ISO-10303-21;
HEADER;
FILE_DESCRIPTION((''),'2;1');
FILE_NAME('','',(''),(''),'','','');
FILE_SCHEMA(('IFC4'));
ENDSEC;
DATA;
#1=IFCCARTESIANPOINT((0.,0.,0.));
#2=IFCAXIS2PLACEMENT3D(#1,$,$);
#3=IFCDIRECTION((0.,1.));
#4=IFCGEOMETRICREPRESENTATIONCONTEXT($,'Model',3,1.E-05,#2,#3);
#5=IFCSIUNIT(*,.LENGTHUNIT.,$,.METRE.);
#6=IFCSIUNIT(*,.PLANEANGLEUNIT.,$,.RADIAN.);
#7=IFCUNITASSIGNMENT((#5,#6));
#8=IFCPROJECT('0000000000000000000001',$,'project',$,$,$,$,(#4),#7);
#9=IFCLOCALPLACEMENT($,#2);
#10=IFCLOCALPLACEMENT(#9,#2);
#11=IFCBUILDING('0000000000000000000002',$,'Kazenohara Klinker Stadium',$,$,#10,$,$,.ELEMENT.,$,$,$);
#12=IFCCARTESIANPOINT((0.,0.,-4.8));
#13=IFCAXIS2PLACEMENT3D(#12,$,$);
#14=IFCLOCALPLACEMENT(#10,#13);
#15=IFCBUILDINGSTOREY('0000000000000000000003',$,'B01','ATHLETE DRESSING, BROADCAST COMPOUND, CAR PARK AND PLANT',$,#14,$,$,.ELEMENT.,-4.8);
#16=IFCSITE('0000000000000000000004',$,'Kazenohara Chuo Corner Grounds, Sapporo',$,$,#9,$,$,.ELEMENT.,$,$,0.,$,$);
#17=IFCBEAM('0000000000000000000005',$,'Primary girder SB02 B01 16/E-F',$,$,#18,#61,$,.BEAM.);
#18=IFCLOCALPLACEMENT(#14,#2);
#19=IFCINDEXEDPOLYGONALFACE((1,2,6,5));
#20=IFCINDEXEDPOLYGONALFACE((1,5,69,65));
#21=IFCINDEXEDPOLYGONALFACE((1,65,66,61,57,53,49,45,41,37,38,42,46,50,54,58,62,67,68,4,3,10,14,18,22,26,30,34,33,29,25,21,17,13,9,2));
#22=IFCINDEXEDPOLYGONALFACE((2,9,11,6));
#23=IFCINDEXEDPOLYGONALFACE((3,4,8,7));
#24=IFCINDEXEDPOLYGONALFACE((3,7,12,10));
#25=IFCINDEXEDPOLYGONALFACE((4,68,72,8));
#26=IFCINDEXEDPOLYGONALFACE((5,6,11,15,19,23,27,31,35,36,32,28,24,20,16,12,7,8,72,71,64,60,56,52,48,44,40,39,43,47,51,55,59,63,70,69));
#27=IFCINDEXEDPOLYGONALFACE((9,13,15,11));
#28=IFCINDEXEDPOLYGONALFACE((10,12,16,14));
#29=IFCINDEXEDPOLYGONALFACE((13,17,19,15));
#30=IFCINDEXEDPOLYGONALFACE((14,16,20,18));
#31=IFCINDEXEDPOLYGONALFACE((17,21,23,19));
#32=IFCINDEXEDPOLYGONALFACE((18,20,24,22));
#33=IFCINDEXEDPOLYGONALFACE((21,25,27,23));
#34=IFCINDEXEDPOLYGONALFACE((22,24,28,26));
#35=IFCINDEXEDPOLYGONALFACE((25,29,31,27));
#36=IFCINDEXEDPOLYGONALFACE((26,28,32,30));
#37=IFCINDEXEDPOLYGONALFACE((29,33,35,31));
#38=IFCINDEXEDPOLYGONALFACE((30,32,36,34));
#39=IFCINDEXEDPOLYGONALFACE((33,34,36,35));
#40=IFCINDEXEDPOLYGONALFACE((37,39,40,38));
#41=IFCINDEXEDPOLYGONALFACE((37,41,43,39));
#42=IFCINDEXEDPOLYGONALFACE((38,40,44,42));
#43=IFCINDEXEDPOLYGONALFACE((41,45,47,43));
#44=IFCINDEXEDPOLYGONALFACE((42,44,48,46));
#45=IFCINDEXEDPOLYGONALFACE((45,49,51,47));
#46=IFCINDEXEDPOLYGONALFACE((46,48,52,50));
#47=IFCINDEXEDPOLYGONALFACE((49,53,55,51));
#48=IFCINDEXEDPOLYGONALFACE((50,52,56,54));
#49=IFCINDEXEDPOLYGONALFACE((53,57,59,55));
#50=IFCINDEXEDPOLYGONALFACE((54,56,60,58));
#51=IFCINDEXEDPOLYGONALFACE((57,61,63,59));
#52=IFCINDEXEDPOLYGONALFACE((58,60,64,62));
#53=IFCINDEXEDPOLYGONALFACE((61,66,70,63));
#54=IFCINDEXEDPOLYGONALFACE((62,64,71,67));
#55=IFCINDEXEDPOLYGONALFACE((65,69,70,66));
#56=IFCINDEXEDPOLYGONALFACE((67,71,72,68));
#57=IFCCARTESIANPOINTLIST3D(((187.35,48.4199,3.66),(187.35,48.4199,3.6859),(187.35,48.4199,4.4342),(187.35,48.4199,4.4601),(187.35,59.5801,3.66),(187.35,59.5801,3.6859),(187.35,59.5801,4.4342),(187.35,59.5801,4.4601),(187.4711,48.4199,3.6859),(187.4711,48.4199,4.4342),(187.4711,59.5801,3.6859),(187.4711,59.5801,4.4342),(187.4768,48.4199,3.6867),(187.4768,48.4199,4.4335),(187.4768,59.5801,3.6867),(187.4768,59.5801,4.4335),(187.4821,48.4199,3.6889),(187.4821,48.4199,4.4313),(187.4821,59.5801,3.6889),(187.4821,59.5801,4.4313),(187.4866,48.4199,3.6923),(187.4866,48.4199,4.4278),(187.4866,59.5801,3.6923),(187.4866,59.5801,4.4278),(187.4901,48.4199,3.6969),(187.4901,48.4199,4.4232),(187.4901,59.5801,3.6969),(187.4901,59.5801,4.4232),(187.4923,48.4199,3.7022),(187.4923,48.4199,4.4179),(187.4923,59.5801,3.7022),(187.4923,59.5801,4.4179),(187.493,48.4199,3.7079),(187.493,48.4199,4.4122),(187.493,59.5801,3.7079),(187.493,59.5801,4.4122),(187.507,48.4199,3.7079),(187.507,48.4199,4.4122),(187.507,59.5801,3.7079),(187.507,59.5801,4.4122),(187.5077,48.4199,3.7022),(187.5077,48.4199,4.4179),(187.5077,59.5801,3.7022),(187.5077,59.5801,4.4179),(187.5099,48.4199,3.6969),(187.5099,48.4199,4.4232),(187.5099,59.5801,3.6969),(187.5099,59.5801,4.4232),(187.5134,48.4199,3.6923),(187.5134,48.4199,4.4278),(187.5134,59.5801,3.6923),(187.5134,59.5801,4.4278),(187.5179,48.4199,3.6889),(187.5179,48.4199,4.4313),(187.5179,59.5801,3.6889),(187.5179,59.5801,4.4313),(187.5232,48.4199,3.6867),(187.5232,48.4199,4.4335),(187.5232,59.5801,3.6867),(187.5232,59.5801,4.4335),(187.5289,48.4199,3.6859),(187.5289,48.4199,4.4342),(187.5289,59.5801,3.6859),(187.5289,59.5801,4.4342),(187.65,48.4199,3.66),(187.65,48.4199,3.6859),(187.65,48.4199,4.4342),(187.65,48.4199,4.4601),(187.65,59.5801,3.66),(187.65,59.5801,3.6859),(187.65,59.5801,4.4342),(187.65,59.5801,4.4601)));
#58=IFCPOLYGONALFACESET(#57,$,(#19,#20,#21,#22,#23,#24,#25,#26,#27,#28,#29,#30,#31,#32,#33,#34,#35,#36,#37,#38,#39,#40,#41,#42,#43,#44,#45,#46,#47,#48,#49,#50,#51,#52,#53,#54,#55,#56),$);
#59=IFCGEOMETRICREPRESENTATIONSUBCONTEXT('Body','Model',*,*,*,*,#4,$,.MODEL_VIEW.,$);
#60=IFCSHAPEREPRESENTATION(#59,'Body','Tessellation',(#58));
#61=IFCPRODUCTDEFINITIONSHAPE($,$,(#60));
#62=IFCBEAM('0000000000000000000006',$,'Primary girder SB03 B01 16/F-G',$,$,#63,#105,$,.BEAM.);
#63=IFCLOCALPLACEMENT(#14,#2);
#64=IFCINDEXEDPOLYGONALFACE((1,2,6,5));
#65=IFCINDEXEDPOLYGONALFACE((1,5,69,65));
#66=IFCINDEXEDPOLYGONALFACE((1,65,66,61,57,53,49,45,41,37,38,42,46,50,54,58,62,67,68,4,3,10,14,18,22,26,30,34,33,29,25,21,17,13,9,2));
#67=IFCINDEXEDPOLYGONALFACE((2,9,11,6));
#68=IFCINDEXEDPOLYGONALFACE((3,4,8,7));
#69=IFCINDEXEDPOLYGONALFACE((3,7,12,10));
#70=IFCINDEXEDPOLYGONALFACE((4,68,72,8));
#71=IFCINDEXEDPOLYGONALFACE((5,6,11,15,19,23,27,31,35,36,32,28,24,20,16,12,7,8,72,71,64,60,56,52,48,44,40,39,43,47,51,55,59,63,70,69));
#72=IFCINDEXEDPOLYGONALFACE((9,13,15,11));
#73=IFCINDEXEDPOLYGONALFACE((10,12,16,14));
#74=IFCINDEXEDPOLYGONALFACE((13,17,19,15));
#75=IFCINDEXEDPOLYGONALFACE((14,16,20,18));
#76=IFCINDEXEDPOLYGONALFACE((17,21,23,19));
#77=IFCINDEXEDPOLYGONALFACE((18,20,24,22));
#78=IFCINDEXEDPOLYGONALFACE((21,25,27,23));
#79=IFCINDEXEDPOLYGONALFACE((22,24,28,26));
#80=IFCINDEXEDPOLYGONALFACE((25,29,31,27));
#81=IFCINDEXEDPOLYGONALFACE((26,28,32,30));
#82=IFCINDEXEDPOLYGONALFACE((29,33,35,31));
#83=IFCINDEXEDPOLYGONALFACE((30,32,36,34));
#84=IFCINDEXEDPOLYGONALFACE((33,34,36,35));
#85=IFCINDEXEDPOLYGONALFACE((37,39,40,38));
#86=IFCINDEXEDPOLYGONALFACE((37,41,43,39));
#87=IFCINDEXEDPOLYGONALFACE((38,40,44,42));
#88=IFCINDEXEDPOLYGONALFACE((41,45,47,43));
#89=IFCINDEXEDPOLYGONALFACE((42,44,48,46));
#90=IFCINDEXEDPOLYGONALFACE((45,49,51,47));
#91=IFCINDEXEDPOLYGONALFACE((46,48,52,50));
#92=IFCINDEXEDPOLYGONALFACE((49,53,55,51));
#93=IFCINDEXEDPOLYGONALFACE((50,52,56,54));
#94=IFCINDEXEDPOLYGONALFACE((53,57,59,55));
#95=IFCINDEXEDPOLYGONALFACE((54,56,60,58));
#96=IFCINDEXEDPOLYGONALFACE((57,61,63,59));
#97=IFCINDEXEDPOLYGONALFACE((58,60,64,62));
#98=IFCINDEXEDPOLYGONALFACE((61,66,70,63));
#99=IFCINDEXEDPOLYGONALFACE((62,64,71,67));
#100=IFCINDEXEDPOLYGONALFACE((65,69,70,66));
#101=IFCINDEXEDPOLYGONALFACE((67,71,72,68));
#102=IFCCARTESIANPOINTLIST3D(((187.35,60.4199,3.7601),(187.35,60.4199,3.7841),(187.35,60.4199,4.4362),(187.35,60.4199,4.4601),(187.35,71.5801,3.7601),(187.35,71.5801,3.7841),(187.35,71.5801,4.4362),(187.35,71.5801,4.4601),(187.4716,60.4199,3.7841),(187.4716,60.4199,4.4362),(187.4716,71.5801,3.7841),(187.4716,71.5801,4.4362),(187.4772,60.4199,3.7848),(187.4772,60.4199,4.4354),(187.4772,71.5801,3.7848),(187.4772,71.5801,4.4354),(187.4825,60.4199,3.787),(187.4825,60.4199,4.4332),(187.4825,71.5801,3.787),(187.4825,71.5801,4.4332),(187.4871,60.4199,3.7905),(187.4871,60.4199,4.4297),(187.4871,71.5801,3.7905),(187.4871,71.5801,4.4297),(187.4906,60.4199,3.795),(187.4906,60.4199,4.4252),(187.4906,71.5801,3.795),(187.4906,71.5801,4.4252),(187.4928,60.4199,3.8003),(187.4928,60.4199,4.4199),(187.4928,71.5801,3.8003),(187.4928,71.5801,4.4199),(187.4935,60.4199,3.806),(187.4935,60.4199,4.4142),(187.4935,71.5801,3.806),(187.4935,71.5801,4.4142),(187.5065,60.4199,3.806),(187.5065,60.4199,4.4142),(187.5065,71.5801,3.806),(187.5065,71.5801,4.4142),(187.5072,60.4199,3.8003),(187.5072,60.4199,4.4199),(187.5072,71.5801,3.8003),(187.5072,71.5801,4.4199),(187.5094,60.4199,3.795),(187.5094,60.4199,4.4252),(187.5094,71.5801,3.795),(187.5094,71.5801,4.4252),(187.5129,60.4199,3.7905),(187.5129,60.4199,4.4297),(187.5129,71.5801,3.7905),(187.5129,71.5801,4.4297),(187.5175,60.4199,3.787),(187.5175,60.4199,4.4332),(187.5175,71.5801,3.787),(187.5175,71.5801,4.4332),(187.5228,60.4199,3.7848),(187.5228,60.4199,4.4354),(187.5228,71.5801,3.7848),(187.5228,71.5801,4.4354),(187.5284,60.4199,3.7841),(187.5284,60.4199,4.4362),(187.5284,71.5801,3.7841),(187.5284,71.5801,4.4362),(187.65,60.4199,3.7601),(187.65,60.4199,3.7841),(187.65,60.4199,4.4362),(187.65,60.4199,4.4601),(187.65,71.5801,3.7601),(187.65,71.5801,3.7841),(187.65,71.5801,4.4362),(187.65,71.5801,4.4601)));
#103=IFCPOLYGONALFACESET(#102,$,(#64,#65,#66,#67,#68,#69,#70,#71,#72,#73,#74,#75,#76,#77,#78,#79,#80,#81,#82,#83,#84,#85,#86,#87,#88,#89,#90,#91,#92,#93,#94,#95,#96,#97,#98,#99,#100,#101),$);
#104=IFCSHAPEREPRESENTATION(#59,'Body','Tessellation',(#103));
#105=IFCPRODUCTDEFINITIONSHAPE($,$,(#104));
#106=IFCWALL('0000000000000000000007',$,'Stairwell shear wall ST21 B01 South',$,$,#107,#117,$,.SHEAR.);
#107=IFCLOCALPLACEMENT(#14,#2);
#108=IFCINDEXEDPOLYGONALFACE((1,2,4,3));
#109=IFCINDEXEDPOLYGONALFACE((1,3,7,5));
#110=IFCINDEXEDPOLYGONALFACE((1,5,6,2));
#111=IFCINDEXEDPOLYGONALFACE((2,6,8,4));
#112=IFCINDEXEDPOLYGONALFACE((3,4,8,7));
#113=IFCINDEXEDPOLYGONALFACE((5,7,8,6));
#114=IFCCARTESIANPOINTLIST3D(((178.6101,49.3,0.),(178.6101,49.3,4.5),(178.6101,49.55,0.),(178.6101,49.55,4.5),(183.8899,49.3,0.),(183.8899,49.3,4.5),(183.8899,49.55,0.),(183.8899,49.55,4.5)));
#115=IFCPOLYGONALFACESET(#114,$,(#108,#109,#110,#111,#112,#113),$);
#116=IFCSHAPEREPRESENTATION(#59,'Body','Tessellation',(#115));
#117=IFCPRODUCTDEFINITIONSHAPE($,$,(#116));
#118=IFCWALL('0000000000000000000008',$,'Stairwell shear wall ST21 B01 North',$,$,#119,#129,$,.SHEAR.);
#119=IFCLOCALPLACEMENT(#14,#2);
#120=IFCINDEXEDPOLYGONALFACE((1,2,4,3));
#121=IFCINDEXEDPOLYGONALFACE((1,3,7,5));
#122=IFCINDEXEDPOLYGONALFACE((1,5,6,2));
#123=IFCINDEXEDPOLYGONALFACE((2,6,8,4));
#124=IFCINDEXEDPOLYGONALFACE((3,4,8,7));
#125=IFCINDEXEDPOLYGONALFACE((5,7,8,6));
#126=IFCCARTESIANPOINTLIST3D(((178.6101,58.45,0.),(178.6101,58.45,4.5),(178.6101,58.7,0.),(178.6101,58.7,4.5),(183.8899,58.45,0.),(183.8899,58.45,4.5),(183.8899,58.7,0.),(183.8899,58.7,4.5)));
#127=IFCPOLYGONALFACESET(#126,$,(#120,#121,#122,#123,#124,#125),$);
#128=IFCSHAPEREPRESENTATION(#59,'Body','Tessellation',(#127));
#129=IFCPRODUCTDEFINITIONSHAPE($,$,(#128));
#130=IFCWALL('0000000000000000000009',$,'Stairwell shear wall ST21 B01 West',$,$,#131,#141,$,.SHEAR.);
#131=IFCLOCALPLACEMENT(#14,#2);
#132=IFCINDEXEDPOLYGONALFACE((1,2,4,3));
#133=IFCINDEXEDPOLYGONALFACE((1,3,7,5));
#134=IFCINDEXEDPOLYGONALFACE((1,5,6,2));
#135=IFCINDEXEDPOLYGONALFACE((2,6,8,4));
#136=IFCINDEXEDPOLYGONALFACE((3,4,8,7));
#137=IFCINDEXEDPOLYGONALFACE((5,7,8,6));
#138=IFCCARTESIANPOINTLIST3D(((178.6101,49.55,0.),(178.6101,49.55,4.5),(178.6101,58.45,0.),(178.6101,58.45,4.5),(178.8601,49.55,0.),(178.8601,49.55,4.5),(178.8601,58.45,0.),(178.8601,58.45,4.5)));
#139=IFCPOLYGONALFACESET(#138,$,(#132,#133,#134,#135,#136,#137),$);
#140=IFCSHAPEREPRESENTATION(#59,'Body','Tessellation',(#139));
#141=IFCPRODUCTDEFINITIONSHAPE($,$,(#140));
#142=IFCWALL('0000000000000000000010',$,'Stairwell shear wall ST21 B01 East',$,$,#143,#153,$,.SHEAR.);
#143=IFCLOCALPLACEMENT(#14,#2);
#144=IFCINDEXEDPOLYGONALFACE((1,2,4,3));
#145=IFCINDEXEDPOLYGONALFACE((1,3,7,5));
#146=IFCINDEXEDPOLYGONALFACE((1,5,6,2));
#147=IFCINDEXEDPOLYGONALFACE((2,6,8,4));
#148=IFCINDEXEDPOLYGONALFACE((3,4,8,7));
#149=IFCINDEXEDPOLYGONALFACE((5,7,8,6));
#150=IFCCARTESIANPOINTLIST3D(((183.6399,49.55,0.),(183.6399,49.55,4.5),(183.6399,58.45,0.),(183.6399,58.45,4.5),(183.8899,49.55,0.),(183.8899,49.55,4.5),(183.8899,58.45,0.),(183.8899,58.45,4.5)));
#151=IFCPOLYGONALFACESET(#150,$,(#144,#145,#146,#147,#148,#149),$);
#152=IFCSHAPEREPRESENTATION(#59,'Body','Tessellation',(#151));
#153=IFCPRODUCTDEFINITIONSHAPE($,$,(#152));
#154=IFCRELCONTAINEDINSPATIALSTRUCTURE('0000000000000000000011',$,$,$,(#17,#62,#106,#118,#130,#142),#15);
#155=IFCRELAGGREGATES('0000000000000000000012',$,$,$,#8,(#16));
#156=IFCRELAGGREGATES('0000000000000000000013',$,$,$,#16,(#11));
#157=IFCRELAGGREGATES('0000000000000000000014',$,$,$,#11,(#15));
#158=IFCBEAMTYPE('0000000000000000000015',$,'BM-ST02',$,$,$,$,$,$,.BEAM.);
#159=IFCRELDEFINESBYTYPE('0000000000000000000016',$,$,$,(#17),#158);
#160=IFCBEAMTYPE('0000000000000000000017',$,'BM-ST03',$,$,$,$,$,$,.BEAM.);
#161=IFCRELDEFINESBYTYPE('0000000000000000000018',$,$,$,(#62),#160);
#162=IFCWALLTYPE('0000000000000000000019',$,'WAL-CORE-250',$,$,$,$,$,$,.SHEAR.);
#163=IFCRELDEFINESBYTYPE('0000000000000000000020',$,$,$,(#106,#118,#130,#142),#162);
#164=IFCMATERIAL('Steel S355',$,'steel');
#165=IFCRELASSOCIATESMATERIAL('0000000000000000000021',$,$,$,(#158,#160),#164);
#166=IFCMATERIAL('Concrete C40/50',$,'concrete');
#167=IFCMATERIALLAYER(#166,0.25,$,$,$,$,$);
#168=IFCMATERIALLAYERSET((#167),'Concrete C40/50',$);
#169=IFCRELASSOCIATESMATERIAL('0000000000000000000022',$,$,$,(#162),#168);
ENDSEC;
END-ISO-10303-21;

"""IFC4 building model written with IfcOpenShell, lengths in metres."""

from ifc_helpers import new_model, si_unit, direction, frame, frame_2d, origin, origin_2d, place, context, subcontext, project, spatial, rectangle, i_section, extrude, material, layer, layer_set, material_profile, profile_set, type_object, element, save


model = new_model("IFC4")

# Units and contexts
model_context = context("Model", 3, precision=1e-05, world=origin(), true_north=direction((0.0, 1.0)))
body_context = subcontext(model_context, "Body", "Model", "MODEL_VIEW")
ifc_project = project(units=[si_unit("LENGTHUNIT", "METRE"), si_unit("PLANEANGLEUNIT", "RADIAN")], contexts=[model_context])

# Site, building, storey
site_placement = place(None, origin())
site = spatial("IfcSite", under=ifc_project, at=site_placement, Name="Kazenohara Chuo Corner Grounds, Sapporo", CompositionType="ELEMENT", RefElevation=0.0)
building_placement = place(site_placement, origin())
building = spatial("IfcBuilding", under=site, at=building_placement, Name="Kazenohara Klinker Stadium", CompositionType="ELEMENT")
storey_placement = place(building_placement, frame((0.0, 0.0, -4.8)))
storey = spatial("IfcBuildingStorey", under=building, at=storey_placement, Name="B01", Description="ATHLETE DRESSING, BROADCAST COMPOUND, CAR PARK AND PLANT", CompositionType="ELEMENT", Elevation=-4.8)

# Shared definitions
ifc_material_1 = material(Name="Concrete C40/50", Category="concrete")

# Beams
ifc_material_2 = material(Name="Steel S355", Category="steel")
ifc_material_profile_1 = material_profile(ifc_material_2, i_section(OverallWidth=0.3, OverallDepth=0.8, WebThickness=0.0139, FlangeThickness=0.0259, FilletRadius=0.022, at=origin_2d()), Name="H-800x300x14x26")
ifc_profile_set_1 = profile_set([ifc_material_profile_1], Name="Steel S355")
beam_type_1 = type_object("IfcBeamType", Name="BM-ST02", PredefinedType="BEAM", material=ifc_profile_set_1)
beam_1_placement = place(storey_placement, frame((187.5, 48.4199, 4.0601), z_axis=(0.0, 1.0, 0.0), x_axis=(-1.0, 0.0, 0.0)))
element("IfcBeam", 1, at=beam_1_placement, inside=storey, type_object=beam_type_1, Name="Primary girder SB02 B01 16/E-F", PredefinedType="BEAM", context=body_context, shape_type="SweptSolid", body=[
    extrude(i_section(OverallWidth=0.3, OverallDepth=0.8, WebThickness=0.0139, FlangeThickness=0.0259, FilletRadius=0.022, at=origin_2d()), origin(), (0.0, 0.0, 1.0), 11.1602),
])
ifc_material_profile_2 = material_profile(ifc_material_2, i_section(OverallWidth=0.3, OverallDepth=0.7, WebThickness=0.0129, FlangeThickness=0.0239, FilletRadius=0.022, at=origin_2d()), Name="H-700x300x13x24")
ifc_profile_set_2 = profile_set([ifc_material_profile_2], Name="Steel S355")
beam_type_2 = type_object("IfcBeamType", Name="BM-ST03", PredefinedType="BEAM", material=ifc_profile_set_2)
beam_2_placement = place(storey_placement, frame((187.5, 60.4199, 4.1101), z_axis=(0.0, 1.0, 0.0), x_axis=(-1.0, 0.0, 0.0)))
element("IfcBeam", 2, at=beam_2_placement, inside=storey, type_object=beam_type_2, Name="Primary girder SB03 B01 16/F-G", PredefinedType="BEAM", context=body_context, shape_type="SweptSolid", body=[
    extrude(i_section(OverallWidth=0.3, OverallDepth=0.7, WebThickness=0.0129, FlangeThickness=0.0239, FilletRadius=0.022, at=origin_2d()), origin(), (0.0, 0.0, 1.0), 11.1602),
])

# Walls
ifc_layer_1 = layer(ifc_material_1, 0.25)
ifc_layer_set_1 = layer_set([ifc_layer_1], Name="Concrete C40/50")
wall_type_1 = type_object("IfcWallType", Name="WAL-CORE-250", PredefinedType="SHEAR", material=ifc_layer_set_1)
for number, where, z_axis, x_axis, name in (
    (3, (178.6101, 49.425, 0.0), (0.0, 0.0, 1.0), (1.0, 0.0, 0.0), "Stairwell shear wall ST21 B01 South"),
    (4, (178.6101, 58.575, 0.0), (0.0, 0.0, 1.0), (1.0, 0.0, 0.0), "Stairwell shear wall ST21 B01 North"),
):
    element("IfcWall", number, at=place(storey_placement, frame(where, z_axis=z_axis, x_axis=x_axis)), inside=storey, type_object=wall_type_1, Name=name, PredefinedType="SHEAR", context=body_context, shape_type="SweptSolid", body=[
        extrude(rectangle(XDim=5.2798, YDim=0.25, at=frame_2d((2.6399, 0.0))), origin(), (0.0, 0.0, 1.0), 4.5),
    ])
for number, where, z_axis, x_axis, name in (
    (5, (178.7351, 49.55, 0.0), (0.0, 0.0, 1.0), (0.0, 1.0, 0.0), "Stairwell shear wall ST21 B01 West"),
    (6, (183.7649, 49.55, 0.0), (0.0, 0.0, 1.0), (0.0, 1.0, 0.0), "Stairwell shear wall ST21 B01 East"),
):
    element("IfcWall", number, at=place(storey_placement, frame(where, z_axis=z_axis, x_axis=x_axis)), inside=storey, type_object=wall_type_1, Name=name, PredefinedType="SHEAR", context=body_context, shape_type="SweptSolid", body=[
        extrude(rectangle(XDim=8.8999, YDim=0.25, at=frame_2d((4.45, 0.0))), origin(), (0.0, 0.0, 1.0), 4.5),
    ])

save(model, "model.ifc")
